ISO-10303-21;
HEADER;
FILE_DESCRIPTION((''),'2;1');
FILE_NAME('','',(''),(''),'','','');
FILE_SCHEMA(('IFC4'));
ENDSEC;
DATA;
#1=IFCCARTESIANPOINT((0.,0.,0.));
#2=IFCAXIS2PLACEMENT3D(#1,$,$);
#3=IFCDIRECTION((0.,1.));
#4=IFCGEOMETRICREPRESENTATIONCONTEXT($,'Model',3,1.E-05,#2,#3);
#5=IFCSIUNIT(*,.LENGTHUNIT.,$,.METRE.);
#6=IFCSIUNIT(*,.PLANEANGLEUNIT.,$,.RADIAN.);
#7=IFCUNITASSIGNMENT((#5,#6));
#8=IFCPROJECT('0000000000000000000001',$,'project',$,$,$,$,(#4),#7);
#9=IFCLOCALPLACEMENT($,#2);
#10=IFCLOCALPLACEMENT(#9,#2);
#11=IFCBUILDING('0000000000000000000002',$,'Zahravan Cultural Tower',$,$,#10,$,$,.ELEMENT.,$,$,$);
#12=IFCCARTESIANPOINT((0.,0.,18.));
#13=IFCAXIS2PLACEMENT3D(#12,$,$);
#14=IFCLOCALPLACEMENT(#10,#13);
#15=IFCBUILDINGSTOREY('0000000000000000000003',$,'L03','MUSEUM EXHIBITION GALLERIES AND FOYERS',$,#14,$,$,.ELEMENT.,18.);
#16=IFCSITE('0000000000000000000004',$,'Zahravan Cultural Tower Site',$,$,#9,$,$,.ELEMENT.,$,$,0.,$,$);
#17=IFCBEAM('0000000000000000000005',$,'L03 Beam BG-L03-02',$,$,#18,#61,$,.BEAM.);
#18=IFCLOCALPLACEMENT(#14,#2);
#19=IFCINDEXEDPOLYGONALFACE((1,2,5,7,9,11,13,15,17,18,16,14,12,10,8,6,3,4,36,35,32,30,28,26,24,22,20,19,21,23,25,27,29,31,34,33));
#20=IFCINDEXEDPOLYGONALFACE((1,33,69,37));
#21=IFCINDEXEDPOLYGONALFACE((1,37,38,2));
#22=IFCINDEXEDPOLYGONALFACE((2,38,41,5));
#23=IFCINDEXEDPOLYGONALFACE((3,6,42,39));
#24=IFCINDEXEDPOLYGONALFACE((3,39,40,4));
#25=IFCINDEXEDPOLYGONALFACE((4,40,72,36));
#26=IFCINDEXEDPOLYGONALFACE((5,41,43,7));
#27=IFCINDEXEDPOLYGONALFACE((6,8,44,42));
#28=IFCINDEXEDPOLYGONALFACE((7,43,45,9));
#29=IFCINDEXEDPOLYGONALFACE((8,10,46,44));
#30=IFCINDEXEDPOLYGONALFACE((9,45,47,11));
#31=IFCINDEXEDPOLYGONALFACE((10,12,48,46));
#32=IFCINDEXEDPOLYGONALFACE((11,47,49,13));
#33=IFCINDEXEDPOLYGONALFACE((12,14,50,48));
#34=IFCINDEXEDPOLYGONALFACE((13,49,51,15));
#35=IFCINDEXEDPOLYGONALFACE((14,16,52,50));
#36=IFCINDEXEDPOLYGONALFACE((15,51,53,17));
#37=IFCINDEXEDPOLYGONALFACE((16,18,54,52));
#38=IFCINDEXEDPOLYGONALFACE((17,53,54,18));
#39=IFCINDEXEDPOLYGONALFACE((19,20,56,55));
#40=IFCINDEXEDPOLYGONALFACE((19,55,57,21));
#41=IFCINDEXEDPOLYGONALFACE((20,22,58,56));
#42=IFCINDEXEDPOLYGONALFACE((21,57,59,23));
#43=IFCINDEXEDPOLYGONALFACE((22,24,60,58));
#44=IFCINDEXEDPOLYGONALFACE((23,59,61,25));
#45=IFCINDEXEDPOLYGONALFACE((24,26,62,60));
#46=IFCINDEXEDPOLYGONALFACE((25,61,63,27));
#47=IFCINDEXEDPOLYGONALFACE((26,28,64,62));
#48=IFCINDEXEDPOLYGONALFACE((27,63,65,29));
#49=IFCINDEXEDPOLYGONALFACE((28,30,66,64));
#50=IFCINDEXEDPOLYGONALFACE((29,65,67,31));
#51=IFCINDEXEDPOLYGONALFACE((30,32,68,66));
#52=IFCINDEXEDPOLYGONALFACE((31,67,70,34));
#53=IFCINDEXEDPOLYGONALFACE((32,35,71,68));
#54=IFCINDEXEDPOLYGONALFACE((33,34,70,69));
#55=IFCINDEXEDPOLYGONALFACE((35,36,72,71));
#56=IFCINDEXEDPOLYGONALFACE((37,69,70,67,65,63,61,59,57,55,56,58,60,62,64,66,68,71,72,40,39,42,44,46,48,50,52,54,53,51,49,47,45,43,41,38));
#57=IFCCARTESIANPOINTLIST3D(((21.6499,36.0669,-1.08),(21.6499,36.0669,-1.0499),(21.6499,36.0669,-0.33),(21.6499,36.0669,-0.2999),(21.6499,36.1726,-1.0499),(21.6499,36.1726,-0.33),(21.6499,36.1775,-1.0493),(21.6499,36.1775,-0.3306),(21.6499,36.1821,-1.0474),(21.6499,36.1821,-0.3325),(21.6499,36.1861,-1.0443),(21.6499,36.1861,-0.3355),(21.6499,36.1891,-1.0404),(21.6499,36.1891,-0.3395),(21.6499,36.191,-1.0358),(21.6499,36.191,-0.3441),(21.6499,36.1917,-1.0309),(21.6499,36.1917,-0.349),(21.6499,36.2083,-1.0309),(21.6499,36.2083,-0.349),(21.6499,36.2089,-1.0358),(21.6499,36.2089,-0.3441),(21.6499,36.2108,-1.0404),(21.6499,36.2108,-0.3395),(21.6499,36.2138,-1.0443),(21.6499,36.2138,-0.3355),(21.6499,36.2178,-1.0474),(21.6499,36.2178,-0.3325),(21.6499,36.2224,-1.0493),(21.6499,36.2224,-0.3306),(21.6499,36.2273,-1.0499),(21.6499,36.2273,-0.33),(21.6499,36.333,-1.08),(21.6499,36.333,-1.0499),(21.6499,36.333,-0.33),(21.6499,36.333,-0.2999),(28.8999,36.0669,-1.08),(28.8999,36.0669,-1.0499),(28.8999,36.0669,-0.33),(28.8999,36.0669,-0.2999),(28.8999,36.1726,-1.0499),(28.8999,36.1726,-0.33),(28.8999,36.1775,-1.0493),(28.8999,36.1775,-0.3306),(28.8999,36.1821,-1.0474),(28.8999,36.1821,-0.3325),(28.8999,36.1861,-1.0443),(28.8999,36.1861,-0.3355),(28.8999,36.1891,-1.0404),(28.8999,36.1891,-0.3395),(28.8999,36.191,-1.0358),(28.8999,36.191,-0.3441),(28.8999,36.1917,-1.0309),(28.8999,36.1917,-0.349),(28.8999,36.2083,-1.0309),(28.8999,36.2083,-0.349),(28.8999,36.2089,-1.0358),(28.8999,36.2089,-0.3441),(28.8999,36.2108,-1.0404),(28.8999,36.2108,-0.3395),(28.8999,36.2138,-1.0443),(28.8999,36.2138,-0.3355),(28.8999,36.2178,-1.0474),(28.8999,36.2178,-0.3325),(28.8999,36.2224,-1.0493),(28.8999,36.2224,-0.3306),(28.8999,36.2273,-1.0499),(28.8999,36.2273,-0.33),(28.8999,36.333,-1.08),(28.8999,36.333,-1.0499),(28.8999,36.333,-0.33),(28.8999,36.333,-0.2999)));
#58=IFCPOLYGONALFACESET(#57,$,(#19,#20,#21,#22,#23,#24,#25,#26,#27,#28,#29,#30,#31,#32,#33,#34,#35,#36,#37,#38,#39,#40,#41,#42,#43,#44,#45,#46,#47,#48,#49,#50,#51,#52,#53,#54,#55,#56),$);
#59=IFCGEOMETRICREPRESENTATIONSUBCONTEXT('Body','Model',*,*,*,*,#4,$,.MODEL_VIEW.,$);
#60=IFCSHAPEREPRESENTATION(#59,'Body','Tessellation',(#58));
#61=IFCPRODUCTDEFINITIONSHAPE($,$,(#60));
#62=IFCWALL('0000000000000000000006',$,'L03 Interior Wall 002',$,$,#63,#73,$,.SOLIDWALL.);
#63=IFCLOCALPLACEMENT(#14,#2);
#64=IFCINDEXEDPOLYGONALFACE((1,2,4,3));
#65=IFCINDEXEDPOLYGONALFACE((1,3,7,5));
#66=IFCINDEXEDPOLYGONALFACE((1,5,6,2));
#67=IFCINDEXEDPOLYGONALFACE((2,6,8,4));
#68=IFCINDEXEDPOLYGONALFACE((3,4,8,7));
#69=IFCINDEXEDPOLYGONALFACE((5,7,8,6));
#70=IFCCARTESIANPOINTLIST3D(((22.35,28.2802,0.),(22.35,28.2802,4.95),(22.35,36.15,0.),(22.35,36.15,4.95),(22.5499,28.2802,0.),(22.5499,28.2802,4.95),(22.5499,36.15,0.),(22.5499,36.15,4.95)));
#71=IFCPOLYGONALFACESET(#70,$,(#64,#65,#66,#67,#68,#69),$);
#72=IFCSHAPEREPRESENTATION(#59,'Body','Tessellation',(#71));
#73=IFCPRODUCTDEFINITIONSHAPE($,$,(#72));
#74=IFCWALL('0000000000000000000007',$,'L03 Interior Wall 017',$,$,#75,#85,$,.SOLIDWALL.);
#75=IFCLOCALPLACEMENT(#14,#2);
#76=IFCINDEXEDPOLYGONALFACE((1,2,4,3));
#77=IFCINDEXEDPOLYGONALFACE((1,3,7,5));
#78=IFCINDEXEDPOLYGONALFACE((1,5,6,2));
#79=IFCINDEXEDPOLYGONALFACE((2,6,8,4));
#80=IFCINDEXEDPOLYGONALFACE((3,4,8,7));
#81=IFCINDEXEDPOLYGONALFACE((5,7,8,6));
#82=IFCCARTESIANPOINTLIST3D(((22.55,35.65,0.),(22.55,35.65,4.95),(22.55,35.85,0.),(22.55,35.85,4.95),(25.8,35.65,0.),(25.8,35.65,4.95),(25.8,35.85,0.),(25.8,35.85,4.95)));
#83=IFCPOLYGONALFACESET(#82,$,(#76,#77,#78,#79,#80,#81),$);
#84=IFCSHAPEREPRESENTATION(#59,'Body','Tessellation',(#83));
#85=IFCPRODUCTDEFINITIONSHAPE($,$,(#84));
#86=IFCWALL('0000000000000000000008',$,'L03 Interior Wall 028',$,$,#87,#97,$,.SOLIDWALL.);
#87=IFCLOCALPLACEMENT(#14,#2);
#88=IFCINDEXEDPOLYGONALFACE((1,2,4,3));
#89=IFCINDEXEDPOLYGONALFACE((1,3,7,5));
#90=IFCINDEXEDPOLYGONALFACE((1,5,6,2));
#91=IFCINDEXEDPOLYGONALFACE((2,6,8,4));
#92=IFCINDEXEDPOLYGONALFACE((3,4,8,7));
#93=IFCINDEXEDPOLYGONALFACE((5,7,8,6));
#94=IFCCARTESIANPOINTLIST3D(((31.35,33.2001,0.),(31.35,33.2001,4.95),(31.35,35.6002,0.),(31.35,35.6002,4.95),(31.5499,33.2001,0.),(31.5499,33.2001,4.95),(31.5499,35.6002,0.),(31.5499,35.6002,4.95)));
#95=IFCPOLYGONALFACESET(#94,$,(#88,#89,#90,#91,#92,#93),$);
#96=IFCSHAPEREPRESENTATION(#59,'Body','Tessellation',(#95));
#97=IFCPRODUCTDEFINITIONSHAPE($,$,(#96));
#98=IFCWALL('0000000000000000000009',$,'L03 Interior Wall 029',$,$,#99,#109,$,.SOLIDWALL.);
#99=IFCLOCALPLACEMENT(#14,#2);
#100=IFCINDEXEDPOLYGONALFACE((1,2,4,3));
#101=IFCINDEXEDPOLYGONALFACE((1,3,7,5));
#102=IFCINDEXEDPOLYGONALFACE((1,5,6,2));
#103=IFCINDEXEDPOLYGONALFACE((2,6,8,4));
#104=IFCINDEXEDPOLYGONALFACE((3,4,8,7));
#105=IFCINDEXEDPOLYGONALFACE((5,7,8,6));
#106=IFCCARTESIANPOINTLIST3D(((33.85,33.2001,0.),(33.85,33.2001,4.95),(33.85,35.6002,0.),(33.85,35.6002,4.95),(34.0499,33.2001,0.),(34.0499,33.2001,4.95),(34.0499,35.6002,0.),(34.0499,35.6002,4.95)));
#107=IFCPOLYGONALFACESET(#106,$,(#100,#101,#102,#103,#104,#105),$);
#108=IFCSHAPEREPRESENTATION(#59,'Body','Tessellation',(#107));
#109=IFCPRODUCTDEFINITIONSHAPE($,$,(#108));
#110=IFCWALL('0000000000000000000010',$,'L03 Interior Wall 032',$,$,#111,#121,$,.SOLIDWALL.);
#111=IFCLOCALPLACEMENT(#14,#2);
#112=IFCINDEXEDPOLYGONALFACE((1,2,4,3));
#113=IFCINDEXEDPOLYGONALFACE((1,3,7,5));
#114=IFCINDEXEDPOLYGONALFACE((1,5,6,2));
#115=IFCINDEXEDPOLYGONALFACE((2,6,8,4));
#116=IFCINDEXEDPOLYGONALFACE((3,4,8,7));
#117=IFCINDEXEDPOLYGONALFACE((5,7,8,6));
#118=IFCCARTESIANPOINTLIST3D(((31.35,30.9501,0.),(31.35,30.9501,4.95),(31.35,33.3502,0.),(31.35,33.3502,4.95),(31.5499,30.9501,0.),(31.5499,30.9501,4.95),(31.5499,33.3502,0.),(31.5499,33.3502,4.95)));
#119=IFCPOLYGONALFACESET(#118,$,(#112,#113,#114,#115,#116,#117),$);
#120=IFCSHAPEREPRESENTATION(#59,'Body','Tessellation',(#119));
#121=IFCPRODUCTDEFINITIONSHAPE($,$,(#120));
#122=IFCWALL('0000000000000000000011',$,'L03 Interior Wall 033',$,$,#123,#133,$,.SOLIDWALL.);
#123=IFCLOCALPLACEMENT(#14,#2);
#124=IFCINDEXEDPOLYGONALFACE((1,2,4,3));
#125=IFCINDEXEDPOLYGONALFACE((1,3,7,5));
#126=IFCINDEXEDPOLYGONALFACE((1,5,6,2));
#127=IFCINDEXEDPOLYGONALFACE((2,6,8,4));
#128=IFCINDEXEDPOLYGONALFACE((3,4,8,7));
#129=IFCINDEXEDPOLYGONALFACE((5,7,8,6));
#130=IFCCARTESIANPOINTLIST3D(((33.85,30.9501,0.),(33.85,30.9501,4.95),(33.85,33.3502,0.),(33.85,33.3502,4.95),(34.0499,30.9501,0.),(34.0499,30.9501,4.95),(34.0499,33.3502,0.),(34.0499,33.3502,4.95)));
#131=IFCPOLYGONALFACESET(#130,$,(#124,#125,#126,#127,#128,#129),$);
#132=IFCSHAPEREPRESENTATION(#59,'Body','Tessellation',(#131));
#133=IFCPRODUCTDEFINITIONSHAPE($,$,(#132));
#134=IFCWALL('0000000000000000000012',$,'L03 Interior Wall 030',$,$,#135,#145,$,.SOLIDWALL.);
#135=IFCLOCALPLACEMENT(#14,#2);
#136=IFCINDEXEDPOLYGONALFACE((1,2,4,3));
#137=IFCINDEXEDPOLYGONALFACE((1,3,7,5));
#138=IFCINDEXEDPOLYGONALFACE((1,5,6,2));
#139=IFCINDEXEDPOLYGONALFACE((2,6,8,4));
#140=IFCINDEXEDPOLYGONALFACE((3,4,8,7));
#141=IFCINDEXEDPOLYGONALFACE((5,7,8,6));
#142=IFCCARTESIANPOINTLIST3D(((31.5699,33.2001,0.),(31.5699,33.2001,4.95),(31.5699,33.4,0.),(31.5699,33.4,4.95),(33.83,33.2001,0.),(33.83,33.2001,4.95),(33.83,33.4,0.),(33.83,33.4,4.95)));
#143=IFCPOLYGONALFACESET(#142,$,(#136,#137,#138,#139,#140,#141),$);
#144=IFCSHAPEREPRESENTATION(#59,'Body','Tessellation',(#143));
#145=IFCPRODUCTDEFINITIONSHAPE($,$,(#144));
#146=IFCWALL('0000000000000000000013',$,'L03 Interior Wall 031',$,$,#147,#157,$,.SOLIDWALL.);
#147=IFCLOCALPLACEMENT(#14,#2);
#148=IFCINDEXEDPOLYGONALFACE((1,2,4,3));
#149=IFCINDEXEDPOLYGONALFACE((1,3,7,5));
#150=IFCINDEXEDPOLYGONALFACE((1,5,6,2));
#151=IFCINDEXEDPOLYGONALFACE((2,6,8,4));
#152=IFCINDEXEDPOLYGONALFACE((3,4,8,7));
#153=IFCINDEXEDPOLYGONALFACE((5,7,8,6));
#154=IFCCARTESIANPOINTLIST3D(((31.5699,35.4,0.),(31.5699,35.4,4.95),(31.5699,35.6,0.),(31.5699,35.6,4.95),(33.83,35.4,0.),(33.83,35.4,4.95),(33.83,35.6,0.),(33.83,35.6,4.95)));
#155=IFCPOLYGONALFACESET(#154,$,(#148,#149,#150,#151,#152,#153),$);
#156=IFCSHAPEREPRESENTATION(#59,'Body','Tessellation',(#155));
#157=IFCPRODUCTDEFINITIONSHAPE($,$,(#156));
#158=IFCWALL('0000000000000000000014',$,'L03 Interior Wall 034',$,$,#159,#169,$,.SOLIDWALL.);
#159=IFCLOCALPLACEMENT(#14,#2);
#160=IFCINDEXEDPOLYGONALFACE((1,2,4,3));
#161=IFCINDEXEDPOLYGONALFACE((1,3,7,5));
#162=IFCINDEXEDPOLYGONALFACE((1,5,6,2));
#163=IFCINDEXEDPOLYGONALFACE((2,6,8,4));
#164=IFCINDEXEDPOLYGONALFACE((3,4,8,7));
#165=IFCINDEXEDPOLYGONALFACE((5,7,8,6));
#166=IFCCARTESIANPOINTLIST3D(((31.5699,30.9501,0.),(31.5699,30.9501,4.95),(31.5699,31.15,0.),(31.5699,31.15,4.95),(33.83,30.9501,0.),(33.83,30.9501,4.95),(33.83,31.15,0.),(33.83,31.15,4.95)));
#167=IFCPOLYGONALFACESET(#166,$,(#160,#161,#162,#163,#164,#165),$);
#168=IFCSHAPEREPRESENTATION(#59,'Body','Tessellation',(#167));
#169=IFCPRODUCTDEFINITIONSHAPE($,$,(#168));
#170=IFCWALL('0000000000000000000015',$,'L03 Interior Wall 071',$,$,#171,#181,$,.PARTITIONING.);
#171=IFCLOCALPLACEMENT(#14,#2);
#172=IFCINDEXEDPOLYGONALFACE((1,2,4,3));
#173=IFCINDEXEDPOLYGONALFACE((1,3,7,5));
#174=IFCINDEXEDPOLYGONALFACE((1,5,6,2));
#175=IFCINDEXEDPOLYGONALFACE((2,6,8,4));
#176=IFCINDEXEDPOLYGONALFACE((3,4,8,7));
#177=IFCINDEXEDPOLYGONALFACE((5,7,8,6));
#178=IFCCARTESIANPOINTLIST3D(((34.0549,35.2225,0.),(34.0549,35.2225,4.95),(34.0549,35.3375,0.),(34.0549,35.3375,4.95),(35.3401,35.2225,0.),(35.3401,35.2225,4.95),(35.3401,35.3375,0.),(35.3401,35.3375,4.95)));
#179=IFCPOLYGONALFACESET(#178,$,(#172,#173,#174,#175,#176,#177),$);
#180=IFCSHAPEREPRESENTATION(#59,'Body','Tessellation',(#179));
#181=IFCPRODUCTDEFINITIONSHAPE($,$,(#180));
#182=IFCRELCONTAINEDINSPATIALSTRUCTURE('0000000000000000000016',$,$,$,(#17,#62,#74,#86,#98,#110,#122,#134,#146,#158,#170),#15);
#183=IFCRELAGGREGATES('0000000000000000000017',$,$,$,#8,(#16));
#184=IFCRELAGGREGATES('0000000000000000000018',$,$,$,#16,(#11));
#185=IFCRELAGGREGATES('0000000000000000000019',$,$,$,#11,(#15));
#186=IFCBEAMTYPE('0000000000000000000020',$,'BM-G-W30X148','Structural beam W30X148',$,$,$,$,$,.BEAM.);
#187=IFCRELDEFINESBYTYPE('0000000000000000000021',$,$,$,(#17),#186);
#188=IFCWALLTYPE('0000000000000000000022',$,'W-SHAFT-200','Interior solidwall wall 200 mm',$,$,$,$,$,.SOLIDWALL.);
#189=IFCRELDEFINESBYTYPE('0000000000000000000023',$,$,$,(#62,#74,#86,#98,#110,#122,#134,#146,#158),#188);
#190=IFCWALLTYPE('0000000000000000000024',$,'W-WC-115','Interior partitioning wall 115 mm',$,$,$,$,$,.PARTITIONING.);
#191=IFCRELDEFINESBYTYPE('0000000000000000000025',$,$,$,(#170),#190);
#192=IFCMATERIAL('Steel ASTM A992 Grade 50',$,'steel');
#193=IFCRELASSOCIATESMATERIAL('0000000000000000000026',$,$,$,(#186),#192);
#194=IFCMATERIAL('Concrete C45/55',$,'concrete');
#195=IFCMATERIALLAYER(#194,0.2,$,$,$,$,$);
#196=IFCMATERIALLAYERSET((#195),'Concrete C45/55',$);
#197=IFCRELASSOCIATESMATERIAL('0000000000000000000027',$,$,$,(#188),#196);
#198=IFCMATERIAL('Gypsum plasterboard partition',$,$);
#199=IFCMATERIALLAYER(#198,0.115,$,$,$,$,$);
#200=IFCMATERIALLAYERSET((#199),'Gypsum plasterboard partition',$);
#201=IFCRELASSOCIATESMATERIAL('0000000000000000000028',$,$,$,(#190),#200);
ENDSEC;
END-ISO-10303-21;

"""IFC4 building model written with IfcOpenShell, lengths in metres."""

from ifc_helpers import new_model, si_unit, direction, frame, frame_2d, origin, origin_2d, place, context, subcontext, project, spatial, rectangle, i_section, extrude, source, transform, mapped, material, layer, layer_set, material_profile, profile_set, type_object, element, save


model = new_model("IFC4")

# Units and contexts
model_context = context("Model", 3, precision=1e-05, world=origin(), true_north=direction((0.0, 1.0)))
body_context = subcontext(model_context, "Body", "Model", "MODEL_VIEW")
ifc_project = project(units=[si_unit("LENGTHUNIT", "METRE"), si_unit("PLANEANGLEUNIT", "RADIAN")], contexts=[model_context])

# Site, building, storey
site_placement = place(None, origin())
site = spatial("IfcSite", under=ifc_project, at=site_placement, Name="Zahravan Cultural Tower Site", CompositionType="ELEMENT", RefElevation=0.0)
building_placement = place(site_placement, origin())
building = spatial("IfcBuilding", under=site, at=building_placement, Name="Zahravan Cultural Tower", CompositionType="ELEMENT")
storey_placement = place(building_placement, frame((0.0, 0.0, 18.0)))
storey = spatial("IfcBuildingStorey", under=building, at=storey_placement, Name="L03", Description="MUSEUM EXHIBITION GALLERIES AND FOYERS", CompositionType="ELEMENT", Elevation=18.0)

# Beam
ifc_material_1 = material(Name="Steel ASTM A992 Grade 50", Category="steel")
ifc_material_profile = material_profile(ifc_material_1, i_section(OverallWidth=0.2661, OverallDepth=0.78, WebThickness=0.0166, FlangeThickness=0.03, FilletRadius=0.019, at=origin_2d()), Name="W30X148")
ifc_profile_set = profile_set([ifc_material_profile], Name="Steel ASTM A992 Grade 50")
beam_type = type_object("IfcBeamType", Name="BM-G-W30X148", Description="Structural beam W30X148", PredefinedType="BEAM", material=ifc_profile_set)
shared_shape_1 = source(origin(), body_context, "Body", "SweptSolid", [
    extrude(i_section(OverallWidth=0.2661, OverallDepth=0.78, WebThickness=0.0166, FlangeThickness=0.03, FilletRadius=0.019, at=origin_2d()), origin(), (0.0, 0.0, 1.0), 7.25),
])
beam_placement = place(storey_placement, frame((21.6499, 36.2, -0.6899), z_axis=(1.0, 0.0, 0.0), x_axis=(0.0, 1.0, 0.0)))
element("IfcBeam", 1, at=beam_placement, inside=storey, type_object=beam_type, Name="L03 Beam BG-L03-02", PredefinedType="BEAM", context=body_context, shape_type="MappedRepresentation", body=[
    mapped(shared_shape_1, transform((0.0, 0.0, 0.0), x_axis=(1.0, 0.0, 0.0), y_axis=(0.0, 1.0, 0.0), z_axis=(0.0, 0.0, 1.0), scale=1.0)),
])

# Shared definitions
ifc_material_2 = material(Name="Concrete C45/55", Category="concrete")
ifc_layer_1 = layer(ifc_material_2, 0.2)
ifc_layer_set_1 = layer_set([ifc_layer_1], Name="Concrete C45/55")
wall_type_1 = type_object("IfcWallType", Name="W-SHAFT-200", Description="Interior solidwall wall 200 mm", PredefinedType="SOLIDWALL", material=ifc_layer_set_1)

# Walls
shared_shape_2 = source(origin(), body_context, "Body", "SweptSolid", [
    extrude(rectangle(XDim=7.8699, YDim=0.2, at=frame_2d((3.9351, 0.0))), origin(), (0.0, 0.0, 1.0), 4.95),
])
wall_1_placement = place(storey_placement, frame((22.45, 28.28, 0.0), z_axis=(0.0, 0.0, 1.0), x_axis=(0.0, 1.0, 0.0)))
element("IfcWall", 2, at=wall_1_placement, inside=storey, type_object=wall_type_1, Name="L03 Interior Wall 002", PredefinedType="SOLIDWALL", context=body_context, shape_type="MappedRepresentation", body=[
    mapped(shared_shape_2, transform((0.0, 0.0, 0.0), x_axis=(1.0, 0.0, 0.0), y_axis=(0.0, 1.0, 0.0), z_axis=(0.0, 0.0, 1.0), scale=1.0)),
])
shared_shape_3 = source(origin(), body_context, "Body", "SweptSolid", [
    extrude(rectangle(XDim=3.25, YDim=0.2, at=frame_2d((1.625, 0.0))), origin(), (0.0, 0.0, 1.0), 4.95),
])
wall_2_placement = place(storey_placement, frame((22.55, 35.75, 0.0), z_axis=(0.0, 0.0, 1.0), x_axis=(1.0, 0.0, 0.0)))
element("IfcWall", 3, at=wall_2_placement, inside=storey, type_object=wall_type_1, Name="L03 Interior Wall 017", PredefinedType="SOLIDWALL", context=body_context, shape_type="MappedRepresentation", body=[
    mapped(shared_shape_3, transform((0.0, 0.0, 0.0), x_axis=(1.0, 0.0, 0.0), y_axis=(0.0, 1.0, 0.0), z_axis=(0.0, 0.0, 1.0), scale=1.0)),
])
shared_shape_4 = source(origin(), body_context, "Body", "SweptSolid", [
    extrude(rectangle(XDim=2.4001, YDim=0.2, at=frame_2d((1.2002, 0.0))), origin(), (0.0, 0.0, 1.0), 4.95),
])
for number, where, z_axis, x_axis, name in (
    (4, (31.45, 33.2, 0.0), (0.0, 0.0, 1.0), (0.0, 1.0, 0.0), "L03 Interior Wall 028"),
    (5, (33.95, 33.2, 0.0), (0.0, 0.0, 1.0), (0.0, 1.0, 0.0), "L03 Interior Wall 029"),
    (6, (31.45, 30.95, 0.0), (0.0, 0.0, 1.0), (0.0, 1.0, 0.0), "L03 Interior Wall 032"),
    (7, (33.95, 30.95, 0.0), (0.0, 0.0, 1.0), (0.0, 1.0, 0.0), "L03 Interior Wall 033"),
):
    element("IfcWall", number, at=place(storey_placement, frame(where, z_axis=z_axis, x_axis=x_axis)), inside=storey, type_object=wall_type_1, Name=name, PredefinedType="SOLIDWALL", context=body_context, shape_type="MappedRepresentation", body=[
        mapped(shared_shape_4, transform((0.0, 0.0, 0.0), x_axis=(1.0, 0.0, 0.0), y_axis=(0.0, 1.0, 0.0), z_axis=(0.0, 0.0, 1.0), scale=1.0)),
    ])
shared_shape_5 = source(origin(), body_context, "Body", "SweptSolid", [
    extrude(rectangle(XDim=2.26, YDim=0.2, at=frame_2d((1.1299, 0.0))), origin(), (0.0, 0.0, 1.0), 4.95),
])
for number, where, z_axis, x_axis, name in (
    (8, (31.5701, 33.3, 0.0), (0.0, 0.0, 1.0), (1.0, 0.0, 0.0), "L03 Interior Wall 030"),
    (9, (31.5701, 35.5, 0.0), (0.0, 0.0, 1.0), (1.0, 0.0, 0.0), "L03 Interior Wall 031"),
    (10, (31.5701, 31.05, 0.0), (0.0, 0.0, 1.0), (1.0, 0.0, 0.0), "L03 Interior Wall 034"),
):
    element("IfcWall", number, at=place(storey_placement, frame(where, z_axis=z_axis, x_axis=x_axis)), inside=storey, type_object=wall_type_1, Name=name, PredefinedType="SOLIDWALL", context=body_context, shape_type="MappedRepresentation", body=[
        mapped(shared_shape_5, transform((0.0, 0.0, 0.0), x_axis=(1.0, 0.0, 0.0), y_axis=(0.0, 1.0, 0.0), z_axis=(0.0, 0.0, 1.0), scale=1.0)),
    ])
ifc_material_3 = material(Name="Gypsum plasterboard partition")
ifc_layer_2 = layer(ifc_material_3, 0.115)
ifc_layer_set_2 = layer_set([ifc_layer_2], Name="Gypsum plasterboard partition")
wall_type_2 = type_object("IfcWallType", Name="W-WC-115", Description="Interior partitioning wall 115 mm", PredefinedType="PARTITIONING", material=ifc_layer_set_2)
shared_shape_6 = source(origin(), body_context, "Body", "SweptSolid", [
    extrude(rectangle(XDim=1.2852, YDim=0.115, at=frame_2d((0.6426, 0.0))), origin(), (0.0, 0.0, 1.0), 4.95),
])
wall_3_placement = place(storey_placement, frame((34.0549, 35.28, 0.0), z_axis=(0.0, 0.0, 1.0), x_axis=(1.0, 0.0, 0.0)))
element("IfcWall", 11, at=wall_3_placement, inside=storey, type_object=wall_type_2, Name="L03 Interior Wall 071", PredefinedType="PARTITIONING", context=body_context, shape_type="MappedRepresentation", body=[
    mapped(shared_shape_6, transform((0.0, 0.0, 0.0), x_axis=(1.0, 0.0, 0.0), y_axis=(0.0, 1.0, 0.0), z_axis=(0.0, 0.0, 1.0), scale=1.0)),
])

save(model, "model.ifc")
